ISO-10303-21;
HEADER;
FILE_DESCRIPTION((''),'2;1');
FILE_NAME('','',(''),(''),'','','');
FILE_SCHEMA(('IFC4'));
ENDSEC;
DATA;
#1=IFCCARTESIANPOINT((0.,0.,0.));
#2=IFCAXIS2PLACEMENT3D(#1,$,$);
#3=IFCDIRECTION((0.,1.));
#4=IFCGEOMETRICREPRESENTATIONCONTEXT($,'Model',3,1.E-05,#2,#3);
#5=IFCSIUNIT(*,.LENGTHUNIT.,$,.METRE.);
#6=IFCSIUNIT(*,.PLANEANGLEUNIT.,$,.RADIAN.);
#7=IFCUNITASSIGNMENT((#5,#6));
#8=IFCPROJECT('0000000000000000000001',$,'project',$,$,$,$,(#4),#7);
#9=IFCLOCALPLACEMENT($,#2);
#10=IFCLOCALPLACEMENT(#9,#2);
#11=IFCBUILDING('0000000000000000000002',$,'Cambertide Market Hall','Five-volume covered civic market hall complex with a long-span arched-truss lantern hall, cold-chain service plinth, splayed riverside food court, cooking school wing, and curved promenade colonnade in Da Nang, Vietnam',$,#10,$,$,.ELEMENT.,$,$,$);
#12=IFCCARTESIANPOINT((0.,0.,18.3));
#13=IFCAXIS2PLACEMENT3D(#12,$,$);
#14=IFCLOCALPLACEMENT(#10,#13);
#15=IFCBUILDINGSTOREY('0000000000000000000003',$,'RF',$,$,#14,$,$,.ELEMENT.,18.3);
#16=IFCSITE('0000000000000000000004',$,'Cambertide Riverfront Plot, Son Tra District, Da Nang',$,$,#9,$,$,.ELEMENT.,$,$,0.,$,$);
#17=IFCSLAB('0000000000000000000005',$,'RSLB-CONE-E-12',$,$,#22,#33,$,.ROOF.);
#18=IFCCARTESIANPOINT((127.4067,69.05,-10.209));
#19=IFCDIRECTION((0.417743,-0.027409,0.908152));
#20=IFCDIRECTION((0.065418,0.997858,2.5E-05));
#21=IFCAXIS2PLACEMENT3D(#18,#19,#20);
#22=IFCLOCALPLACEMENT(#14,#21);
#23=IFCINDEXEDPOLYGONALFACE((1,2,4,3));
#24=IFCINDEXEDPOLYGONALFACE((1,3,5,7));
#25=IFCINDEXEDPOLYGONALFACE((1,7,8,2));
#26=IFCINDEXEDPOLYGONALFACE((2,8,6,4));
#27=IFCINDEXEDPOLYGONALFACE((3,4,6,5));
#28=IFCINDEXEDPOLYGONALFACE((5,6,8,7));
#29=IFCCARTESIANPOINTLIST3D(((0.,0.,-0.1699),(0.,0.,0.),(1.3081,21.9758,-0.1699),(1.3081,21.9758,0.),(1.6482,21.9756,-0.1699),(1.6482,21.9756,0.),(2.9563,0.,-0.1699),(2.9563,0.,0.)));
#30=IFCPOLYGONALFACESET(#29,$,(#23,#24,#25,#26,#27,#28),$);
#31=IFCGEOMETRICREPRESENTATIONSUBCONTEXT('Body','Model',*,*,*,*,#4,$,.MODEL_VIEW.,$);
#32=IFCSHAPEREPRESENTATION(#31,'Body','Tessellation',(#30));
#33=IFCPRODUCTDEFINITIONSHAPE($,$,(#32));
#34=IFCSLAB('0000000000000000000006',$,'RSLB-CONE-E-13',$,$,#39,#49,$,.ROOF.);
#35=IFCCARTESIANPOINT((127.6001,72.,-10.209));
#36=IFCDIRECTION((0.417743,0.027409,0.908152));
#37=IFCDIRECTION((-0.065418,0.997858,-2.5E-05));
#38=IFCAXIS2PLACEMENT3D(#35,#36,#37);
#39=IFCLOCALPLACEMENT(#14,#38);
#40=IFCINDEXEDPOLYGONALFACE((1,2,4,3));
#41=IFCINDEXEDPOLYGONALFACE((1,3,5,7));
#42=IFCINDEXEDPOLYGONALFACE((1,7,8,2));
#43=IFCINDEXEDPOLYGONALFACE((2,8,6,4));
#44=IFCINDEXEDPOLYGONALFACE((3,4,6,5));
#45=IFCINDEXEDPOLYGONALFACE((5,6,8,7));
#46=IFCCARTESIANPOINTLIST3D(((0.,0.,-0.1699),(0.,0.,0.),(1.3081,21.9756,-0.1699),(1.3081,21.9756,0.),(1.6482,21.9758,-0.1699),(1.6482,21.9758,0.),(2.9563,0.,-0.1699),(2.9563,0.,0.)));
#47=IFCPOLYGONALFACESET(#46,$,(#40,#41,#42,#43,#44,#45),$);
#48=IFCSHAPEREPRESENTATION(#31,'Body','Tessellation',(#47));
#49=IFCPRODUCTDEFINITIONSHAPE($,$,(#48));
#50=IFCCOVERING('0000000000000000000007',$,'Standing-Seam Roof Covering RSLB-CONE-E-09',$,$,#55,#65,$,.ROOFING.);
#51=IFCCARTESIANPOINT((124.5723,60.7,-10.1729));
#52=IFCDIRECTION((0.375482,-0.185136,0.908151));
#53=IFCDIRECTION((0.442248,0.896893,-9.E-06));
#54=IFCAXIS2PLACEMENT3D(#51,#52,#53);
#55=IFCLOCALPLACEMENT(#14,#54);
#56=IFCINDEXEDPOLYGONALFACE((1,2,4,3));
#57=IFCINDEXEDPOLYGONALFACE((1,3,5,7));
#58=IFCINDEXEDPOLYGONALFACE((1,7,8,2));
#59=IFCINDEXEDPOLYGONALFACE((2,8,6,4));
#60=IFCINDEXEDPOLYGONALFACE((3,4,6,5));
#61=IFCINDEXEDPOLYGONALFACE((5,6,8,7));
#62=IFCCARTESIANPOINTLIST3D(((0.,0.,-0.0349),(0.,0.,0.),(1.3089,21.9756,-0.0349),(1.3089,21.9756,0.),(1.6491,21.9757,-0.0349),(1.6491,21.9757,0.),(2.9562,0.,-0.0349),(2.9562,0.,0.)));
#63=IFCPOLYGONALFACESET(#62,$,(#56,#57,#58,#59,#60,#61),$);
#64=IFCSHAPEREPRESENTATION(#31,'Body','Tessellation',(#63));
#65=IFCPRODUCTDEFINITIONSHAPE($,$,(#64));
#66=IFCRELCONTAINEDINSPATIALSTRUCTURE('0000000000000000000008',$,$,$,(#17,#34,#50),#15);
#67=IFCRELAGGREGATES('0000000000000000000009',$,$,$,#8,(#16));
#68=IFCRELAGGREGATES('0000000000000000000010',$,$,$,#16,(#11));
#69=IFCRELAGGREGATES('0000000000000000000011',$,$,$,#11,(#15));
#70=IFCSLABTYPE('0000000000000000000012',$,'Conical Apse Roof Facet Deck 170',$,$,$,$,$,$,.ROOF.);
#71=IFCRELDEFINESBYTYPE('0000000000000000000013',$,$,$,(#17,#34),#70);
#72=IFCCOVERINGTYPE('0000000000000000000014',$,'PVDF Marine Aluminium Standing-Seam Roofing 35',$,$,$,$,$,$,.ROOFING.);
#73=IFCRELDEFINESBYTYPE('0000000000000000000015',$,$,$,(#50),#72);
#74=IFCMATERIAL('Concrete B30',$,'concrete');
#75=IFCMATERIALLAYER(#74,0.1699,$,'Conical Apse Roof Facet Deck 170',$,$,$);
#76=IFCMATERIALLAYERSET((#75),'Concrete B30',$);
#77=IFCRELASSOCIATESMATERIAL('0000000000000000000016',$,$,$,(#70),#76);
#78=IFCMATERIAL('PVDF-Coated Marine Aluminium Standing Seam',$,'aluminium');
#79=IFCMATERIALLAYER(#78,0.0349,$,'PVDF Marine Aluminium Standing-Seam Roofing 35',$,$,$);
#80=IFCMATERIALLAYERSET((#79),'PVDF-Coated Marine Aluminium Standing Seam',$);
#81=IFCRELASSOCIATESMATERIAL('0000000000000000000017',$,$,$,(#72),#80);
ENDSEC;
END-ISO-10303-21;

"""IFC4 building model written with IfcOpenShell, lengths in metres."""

from ifc_helpers import new_model, si_unit, direction, frame, origin, place, context, subcontext, project, spatial, polyline, outline, extrude, material, layer, layer_set, type_object, element, save


model = new_model("IFC4")

# Units and contexts
model_context = context("Model", 3, precision=1e-05, world=origin(), true_north=direction((0.0, 1.0)))
body_context = subcontext(model_context, "Body", "Model", "MODEL_VIEW")
ifc_project = project(units=[si_unit("LENGTHUNIT", "METRE"), si_unit("PLANEANGLEUNIT", "RADIAN")], contexts=[model_context])

# Site, building, storey
site_placement = place(None, origin())
site = spatial("IfcSite", under=ifc_project, at=site_placement, Name="Cambertide Riverfront Plot, Son Tra District, Da Nang", CompositionType="ELEMENT", RefElevation=0.0)
building_placement = place(site_placement, origin())
building = spatial("IfcBuilding", under=site, at=building_placement, Name="Cambertide Market Hall", Description="Five-volume covered civic market hall complex with a long-span arched-truss lantern hall, cold-chain service plinth, splayed riverside food court, cooking school wing, and curved promenade colonnade in Da Nang, Vietnam", CompositionType="ELEMENT")
storey_placement = place(building_placement, frame((0.0, 0.0, 18.3)))
storey = spatial("IfcBuildingStorey", under=building, at=storey_placement, Name="RF", CompositionType="ELEMENT", Elevation=18.3)

# Slabs
ifc_material_1 = material(Name="Concrete B30", Category="concrete")
ifc_layer_1 = layer(ifc_material_1, 0.1699, Name="Conical Apse Roof Facet Deck 170")
ifc_layer_set_1 = layer_set([ifc_layer_1], Name="Concrete B30")
slab_type = type_object("IfcSlabType", Name="Conical Apse Roof Facet Deck 170", PredefinedType="ROOF", material=ifc_layer_set_1)
slab_1_placement = place(storey_placement, frame((127.4067, 69.05, -10.209), z_axis=(0.417743, -0.027409, 0.908152), x_axis=(0.065418, 0.997858, 0.000025)))
element("IfcSlab", 1, at=slab_1_placement, inside=storey, type_object=slab_type, Name="RSLB-CONE-E-12", PredefinedType="ROOF", context=body_context, shape_type="SweptSolid", body=[
    extrude(outline(polyline([(0.0, 0.0), (2.9563, 0.0), (1.6482, 21.9756), (1.3081, 21.9758), (0.0, 0.0)])), origin(), (0.0, 0.0, -1.0), 0.1699),
])
slab_2_placement = place(storey_placement, frame((127.6001, 72.0, -10.209), z_axis=(0.417743, 0.027409, 0.908152), x_axis=(-0.065418, 0.997858, -0.000025)))
element("IfcSlab", 2, at=slab_2_placement, inside=storey, type_object=slab_type, Name="RSLB-CONE-E-13", PredefinedType="ROOF", context=body_context, shape_type="SweptSolid", body=[
    extrude(outline(polyline([(0.0, 0.0), (2.9563, 0.0), (1.6482, 21.9758), (1.3081, 21.9756), (0.0, 0.0)])), origin(), (0.0, 0.0, -1.0), 0.1699),
])

# Covering
ifc_material_2 = material(Name="PVDF-Coated Marine Aluminium Standing Seam", Category="aluminium")
ifc_layer_2 = layer(ifc_material_2, 0.0349, Name="PVDF Marine Aluminium Standing-Seam Roofing 35")
ifc_layer_set_2 = layer_set([ifc_layer_2], Name="PVDF-Coated Marine Aluminium Standing Seam")
covering_type = type_object("IfcCoveringType", Name="PVDF Marine Aluminium Standing-Seam Roofing 35", PredefinedType="ROOFING", material=ifc_layer_set_2)
covering_1_placement = place(storey_placement, frame((124.5723, 60.7, -10.1729), z_axis=(0.375482, -0.185136, 0.908151), x_axis=(0.442248, 0.896893, -0.000009)))
element("IfcCovering", 3, at=covering_1_placement, inside=storey, type_object=covering_type, Name="Standing-Seam Roof Covering RSLB-CONE-E-09", PredefinedType="ROOFING", context=body_context, shape_type="SweptSolid", body=[
    extrude(outline(polyline([(0.0, 0.0), (2.9562, 0.0), (1.6491, 21.9757), (1.3089, 21.9756), (0.0, 0.0)])), origin(), (0.0, 0.0, -1.0), 0.0349),
])

save(model, "model.ifc")
